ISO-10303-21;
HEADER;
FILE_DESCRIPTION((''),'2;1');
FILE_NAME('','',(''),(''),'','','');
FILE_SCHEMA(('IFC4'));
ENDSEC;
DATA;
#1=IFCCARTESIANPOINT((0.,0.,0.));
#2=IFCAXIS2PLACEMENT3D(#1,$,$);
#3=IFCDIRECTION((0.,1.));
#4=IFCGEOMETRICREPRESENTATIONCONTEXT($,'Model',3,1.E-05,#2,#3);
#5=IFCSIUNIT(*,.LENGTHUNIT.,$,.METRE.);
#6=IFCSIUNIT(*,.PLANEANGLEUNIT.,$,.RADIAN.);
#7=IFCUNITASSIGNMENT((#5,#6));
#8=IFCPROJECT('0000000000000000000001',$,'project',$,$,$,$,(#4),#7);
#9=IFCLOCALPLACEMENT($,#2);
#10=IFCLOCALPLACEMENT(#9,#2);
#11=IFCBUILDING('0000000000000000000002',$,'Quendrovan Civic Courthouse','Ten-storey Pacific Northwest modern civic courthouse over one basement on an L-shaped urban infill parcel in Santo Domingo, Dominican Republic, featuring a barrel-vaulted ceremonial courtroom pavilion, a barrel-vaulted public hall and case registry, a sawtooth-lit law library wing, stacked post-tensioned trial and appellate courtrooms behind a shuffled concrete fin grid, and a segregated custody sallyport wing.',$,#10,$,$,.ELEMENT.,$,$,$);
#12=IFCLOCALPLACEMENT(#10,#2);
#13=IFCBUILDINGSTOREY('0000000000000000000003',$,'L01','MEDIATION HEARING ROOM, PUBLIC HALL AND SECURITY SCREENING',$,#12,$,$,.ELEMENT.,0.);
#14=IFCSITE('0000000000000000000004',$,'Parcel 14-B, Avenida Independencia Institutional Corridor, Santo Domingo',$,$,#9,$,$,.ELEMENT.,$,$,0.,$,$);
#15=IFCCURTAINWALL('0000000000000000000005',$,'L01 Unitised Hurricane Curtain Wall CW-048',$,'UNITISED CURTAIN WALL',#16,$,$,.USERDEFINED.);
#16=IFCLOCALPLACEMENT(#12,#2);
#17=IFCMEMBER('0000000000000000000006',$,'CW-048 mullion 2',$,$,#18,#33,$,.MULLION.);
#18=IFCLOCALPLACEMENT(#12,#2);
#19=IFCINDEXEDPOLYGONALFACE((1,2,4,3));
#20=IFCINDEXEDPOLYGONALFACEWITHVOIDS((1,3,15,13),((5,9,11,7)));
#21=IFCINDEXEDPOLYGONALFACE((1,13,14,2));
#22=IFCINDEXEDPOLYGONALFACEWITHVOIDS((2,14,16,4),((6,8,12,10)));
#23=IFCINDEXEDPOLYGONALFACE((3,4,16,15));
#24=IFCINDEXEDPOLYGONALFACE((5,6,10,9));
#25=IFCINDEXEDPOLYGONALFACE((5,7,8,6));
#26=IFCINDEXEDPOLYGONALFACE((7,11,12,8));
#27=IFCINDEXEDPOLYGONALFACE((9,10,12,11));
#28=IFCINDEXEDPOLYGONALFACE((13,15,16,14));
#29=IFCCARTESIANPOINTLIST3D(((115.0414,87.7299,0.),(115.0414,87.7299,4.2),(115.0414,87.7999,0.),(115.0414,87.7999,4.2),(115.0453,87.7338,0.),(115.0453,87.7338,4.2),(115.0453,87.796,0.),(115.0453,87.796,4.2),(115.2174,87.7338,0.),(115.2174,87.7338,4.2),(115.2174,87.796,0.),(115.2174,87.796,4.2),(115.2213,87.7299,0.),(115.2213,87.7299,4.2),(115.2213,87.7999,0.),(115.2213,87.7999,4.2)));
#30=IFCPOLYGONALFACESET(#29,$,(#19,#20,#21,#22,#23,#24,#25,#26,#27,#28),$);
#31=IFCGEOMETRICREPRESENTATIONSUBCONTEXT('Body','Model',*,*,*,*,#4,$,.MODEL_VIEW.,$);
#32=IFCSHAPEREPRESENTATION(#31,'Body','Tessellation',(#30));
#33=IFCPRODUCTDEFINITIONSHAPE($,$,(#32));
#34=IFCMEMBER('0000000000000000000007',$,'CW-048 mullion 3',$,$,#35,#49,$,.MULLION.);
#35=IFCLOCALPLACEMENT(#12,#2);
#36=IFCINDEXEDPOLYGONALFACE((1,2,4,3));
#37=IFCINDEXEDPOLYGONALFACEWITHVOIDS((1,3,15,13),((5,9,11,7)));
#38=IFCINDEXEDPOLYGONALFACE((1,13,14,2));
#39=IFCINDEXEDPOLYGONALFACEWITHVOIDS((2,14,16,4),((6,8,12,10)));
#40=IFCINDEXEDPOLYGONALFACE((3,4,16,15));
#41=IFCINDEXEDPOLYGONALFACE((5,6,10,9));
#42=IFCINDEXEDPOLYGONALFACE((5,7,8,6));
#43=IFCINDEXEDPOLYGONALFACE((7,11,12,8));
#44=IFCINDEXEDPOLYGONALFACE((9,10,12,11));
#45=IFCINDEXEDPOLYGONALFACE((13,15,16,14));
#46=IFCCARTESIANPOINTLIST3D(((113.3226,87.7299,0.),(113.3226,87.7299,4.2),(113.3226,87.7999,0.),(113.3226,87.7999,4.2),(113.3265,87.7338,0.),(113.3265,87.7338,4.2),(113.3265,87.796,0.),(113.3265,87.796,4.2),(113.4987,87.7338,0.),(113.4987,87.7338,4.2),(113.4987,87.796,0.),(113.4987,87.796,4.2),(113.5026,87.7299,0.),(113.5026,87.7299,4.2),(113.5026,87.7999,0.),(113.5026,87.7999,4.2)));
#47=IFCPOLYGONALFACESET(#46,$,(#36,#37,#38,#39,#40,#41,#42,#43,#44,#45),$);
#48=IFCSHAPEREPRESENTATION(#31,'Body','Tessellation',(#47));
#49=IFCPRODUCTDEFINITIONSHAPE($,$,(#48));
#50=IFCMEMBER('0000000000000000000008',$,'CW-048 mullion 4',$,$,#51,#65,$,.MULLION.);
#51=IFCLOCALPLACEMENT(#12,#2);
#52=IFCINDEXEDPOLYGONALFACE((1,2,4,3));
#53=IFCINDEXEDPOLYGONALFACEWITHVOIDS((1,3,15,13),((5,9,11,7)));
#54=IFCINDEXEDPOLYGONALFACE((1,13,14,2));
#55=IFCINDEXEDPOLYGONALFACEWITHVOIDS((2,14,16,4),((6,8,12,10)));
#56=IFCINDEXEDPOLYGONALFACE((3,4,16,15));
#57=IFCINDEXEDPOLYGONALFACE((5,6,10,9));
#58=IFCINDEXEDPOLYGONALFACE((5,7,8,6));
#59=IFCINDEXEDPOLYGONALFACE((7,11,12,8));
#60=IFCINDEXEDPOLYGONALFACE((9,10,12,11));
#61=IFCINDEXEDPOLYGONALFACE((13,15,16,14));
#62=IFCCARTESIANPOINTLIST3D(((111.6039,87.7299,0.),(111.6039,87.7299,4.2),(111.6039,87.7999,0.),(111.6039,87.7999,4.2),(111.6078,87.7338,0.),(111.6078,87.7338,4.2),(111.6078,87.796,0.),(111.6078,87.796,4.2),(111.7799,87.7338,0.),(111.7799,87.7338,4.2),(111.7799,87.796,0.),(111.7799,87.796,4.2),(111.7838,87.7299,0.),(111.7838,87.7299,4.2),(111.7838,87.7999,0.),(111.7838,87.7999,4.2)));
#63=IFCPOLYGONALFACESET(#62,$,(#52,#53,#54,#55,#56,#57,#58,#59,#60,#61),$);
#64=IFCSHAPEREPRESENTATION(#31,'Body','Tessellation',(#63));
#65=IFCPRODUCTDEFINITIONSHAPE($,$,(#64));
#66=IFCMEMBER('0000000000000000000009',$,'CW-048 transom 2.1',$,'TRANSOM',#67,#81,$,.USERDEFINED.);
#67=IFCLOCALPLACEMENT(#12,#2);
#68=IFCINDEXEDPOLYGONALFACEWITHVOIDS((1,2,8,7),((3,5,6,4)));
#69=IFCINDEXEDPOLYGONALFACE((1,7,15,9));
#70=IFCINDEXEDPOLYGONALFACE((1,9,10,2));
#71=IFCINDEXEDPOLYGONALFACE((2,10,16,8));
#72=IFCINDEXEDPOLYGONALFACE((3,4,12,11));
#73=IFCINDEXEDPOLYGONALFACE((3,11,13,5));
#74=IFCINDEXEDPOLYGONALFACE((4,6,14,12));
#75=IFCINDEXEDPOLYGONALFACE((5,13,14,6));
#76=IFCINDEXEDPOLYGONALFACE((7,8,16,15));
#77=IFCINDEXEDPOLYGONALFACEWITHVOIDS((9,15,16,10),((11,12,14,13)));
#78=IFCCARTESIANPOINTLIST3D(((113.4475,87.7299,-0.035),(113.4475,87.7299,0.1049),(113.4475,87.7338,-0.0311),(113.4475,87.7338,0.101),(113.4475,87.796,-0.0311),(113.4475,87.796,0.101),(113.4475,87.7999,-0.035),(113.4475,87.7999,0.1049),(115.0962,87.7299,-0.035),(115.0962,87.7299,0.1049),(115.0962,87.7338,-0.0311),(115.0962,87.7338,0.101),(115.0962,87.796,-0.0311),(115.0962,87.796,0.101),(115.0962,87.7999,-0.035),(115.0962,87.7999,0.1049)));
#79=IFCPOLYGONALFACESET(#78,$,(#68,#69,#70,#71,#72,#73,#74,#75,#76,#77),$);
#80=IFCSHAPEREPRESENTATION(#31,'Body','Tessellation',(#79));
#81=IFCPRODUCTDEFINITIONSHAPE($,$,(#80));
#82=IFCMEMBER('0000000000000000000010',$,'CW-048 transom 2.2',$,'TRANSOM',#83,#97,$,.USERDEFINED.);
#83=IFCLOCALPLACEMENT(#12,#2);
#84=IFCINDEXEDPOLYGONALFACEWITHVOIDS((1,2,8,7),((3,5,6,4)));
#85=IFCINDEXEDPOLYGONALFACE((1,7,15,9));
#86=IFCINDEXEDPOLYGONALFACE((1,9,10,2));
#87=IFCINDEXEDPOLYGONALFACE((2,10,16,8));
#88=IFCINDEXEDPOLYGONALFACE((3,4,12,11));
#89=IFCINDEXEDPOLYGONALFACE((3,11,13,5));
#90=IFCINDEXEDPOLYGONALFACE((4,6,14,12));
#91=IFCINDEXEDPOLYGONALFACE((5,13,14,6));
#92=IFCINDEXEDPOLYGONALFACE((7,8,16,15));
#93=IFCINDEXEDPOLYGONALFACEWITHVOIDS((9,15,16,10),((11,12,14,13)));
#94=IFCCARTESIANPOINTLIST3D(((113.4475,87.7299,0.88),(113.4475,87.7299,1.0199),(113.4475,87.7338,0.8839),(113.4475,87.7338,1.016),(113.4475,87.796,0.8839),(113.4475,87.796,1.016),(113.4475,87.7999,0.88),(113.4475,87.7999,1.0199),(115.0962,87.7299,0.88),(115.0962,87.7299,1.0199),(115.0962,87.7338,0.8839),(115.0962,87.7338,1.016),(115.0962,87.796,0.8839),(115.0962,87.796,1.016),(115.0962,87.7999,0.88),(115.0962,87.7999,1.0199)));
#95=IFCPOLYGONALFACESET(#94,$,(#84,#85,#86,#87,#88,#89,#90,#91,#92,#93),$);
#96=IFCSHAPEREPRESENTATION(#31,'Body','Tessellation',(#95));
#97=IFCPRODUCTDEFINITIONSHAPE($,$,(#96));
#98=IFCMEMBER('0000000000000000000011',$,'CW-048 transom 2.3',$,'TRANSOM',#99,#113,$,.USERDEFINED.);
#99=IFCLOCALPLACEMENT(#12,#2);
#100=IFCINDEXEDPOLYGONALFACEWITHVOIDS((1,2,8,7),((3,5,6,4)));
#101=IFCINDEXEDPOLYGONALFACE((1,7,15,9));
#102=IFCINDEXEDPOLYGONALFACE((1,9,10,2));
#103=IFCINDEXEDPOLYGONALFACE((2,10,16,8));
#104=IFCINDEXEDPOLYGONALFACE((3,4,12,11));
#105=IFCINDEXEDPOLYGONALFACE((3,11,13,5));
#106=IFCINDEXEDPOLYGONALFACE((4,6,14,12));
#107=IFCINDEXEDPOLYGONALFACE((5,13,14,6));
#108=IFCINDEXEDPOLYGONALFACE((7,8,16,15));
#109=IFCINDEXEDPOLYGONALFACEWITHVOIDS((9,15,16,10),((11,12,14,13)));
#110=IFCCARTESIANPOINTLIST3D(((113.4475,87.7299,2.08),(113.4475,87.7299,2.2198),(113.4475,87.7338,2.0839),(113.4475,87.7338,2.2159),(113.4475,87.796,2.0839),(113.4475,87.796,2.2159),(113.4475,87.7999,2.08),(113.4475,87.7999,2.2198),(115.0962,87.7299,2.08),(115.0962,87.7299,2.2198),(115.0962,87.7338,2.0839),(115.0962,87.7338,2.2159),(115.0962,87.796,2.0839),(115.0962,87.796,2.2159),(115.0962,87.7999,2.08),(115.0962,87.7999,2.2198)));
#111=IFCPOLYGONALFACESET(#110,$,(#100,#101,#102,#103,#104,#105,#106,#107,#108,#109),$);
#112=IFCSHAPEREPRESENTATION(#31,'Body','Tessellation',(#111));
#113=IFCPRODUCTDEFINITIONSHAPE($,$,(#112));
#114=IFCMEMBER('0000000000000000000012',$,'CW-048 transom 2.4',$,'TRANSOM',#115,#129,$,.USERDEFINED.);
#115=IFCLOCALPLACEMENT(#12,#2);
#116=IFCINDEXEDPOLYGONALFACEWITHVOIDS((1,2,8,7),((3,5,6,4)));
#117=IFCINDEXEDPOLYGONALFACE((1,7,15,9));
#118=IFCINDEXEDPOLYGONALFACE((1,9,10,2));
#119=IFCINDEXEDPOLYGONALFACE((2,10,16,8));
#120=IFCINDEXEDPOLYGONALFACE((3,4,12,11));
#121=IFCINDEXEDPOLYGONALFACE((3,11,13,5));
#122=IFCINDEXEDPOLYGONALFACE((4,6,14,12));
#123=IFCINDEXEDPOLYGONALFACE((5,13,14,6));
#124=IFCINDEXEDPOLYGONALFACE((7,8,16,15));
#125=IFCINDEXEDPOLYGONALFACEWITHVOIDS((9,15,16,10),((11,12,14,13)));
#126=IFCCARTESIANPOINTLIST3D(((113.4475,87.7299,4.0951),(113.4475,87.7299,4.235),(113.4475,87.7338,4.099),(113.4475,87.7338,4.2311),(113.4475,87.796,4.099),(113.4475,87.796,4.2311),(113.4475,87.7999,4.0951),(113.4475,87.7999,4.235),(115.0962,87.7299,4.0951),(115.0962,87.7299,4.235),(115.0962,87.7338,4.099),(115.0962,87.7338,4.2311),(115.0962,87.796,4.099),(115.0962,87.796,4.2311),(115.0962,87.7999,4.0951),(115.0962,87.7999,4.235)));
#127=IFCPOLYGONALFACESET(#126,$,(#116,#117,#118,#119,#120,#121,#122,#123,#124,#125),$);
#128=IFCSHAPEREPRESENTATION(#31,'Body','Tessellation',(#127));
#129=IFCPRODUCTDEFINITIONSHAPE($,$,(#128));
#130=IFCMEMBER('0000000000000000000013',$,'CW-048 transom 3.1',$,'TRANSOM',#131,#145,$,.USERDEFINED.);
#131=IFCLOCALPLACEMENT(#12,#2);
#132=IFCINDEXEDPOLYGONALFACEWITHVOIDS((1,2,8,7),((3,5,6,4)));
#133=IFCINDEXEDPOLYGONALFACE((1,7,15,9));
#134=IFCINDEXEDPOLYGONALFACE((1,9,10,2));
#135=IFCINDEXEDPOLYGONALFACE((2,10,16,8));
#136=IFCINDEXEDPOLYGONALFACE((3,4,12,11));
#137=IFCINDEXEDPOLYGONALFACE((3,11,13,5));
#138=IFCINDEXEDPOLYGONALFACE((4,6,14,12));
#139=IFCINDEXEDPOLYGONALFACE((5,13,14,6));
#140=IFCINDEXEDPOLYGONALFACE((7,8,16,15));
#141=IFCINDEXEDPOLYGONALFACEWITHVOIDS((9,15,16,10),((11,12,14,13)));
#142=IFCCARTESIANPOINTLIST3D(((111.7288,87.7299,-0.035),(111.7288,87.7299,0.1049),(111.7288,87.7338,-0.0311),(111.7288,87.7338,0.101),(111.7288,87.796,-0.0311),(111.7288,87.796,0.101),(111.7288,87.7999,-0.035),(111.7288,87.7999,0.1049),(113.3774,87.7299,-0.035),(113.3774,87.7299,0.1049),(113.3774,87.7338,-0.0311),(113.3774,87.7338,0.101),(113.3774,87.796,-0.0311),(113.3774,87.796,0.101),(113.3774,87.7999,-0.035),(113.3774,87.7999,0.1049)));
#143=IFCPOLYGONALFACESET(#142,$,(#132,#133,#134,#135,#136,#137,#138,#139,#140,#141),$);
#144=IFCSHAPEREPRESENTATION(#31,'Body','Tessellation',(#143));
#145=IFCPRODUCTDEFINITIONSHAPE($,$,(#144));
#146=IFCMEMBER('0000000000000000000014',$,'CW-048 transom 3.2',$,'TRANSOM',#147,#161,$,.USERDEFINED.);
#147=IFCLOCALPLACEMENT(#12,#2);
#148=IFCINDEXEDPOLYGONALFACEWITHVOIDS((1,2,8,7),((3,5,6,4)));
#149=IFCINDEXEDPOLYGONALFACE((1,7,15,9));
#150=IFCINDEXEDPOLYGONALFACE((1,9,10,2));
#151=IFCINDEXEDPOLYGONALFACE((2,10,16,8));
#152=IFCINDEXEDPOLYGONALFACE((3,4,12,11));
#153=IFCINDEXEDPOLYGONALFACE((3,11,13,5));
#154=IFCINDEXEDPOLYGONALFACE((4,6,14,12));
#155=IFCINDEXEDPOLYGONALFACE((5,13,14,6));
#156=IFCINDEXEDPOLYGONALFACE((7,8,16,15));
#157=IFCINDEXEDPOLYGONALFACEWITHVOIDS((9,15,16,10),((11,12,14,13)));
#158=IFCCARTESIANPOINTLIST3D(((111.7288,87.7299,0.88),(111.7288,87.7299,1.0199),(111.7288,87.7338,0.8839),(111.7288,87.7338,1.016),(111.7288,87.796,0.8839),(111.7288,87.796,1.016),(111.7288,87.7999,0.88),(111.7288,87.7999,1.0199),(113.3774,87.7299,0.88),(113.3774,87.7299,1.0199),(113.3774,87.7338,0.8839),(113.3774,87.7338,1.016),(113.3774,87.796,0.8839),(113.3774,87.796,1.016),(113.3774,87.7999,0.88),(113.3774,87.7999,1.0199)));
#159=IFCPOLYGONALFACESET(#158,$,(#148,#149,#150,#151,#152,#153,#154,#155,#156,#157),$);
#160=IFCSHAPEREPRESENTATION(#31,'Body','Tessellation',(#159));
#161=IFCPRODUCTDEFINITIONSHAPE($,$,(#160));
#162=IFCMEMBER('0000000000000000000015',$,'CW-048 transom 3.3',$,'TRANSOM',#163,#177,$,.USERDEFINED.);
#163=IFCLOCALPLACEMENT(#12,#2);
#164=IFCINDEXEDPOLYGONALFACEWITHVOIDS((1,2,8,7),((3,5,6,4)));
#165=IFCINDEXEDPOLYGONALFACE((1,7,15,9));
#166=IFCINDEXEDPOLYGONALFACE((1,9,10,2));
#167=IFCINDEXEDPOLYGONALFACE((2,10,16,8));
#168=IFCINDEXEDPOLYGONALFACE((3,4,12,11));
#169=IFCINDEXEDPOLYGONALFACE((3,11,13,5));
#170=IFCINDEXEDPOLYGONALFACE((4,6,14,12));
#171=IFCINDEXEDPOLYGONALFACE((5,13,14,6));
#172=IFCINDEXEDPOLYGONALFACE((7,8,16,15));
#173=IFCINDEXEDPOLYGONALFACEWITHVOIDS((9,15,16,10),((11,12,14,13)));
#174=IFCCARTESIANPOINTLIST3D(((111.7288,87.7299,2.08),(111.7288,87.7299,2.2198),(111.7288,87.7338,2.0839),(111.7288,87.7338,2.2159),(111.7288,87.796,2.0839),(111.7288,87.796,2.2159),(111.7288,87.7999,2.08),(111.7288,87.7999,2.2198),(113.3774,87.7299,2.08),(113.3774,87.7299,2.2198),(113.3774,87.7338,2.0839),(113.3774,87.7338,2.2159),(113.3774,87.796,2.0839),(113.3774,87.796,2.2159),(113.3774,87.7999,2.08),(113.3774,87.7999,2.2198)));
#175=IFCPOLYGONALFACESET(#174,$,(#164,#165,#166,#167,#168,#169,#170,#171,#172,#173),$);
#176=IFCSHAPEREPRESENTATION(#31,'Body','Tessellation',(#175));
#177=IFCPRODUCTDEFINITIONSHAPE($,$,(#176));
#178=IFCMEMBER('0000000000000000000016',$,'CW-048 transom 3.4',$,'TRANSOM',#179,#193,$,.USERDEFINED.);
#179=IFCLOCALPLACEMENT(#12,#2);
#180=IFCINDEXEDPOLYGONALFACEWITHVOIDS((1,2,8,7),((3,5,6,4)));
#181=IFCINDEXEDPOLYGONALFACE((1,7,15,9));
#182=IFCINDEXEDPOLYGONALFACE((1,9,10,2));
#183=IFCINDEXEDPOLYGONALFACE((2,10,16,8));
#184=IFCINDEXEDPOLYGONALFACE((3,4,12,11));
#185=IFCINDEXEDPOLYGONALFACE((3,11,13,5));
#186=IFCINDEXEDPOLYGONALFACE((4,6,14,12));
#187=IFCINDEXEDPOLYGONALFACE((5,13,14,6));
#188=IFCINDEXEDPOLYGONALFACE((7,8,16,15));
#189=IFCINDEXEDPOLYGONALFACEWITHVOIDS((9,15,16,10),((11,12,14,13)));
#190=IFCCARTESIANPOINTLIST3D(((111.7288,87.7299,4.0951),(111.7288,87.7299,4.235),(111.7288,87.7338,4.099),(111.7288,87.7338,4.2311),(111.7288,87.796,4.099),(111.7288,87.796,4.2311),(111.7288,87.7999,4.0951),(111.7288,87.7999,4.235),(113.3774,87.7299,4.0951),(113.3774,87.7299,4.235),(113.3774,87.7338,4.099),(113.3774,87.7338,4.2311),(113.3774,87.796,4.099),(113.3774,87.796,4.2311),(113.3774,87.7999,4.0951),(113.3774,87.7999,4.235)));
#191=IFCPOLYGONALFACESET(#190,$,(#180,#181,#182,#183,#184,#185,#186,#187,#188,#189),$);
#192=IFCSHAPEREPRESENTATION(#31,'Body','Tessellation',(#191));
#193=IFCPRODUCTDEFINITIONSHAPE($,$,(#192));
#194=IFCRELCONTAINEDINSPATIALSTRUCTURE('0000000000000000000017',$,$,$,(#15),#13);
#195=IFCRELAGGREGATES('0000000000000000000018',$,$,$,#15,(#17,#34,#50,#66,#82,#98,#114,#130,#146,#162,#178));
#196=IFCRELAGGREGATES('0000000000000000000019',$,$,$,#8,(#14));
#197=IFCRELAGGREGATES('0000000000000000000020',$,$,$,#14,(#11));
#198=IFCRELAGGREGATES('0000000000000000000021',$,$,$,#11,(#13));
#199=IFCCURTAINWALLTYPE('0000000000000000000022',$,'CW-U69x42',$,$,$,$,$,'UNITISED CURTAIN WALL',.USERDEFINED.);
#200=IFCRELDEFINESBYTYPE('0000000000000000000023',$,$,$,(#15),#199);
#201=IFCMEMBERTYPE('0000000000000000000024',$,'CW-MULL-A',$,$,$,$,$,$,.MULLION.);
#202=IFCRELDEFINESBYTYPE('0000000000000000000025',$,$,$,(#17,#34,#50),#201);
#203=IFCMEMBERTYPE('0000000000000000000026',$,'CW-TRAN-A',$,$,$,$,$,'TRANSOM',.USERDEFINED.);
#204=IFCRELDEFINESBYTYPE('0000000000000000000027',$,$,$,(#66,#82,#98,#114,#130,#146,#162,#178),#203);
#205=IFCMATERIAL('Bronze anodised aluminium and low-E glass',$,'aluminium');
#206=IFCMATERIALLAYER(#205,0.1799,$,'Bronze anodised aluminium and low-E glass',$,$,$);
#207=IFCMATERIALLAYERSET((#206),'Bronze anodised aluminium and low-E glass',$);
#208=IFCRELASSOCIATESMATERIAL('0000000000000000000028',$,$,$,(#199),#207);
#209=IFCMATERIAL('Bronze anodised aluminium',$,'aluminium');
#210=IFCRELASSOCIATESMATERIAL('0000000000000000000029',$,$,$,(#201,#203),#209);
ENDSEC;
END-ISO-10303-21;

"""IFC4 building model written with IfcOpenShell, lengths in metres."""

from ifc_helpers import new_model, si_unit, direction, frame, origin, origin_2d, place, context, subcontext, project, spatial, hollow_rectangle, extrude, material, layer, layer_set, material_profile, profile_set, type_object, element, aggregate, save


model = new_model("IFC4")

# Units and contexts
model_context = context("Model", 3, precision=1e-05, world=origin(), true_north=direction((0.0, 1.0)))
body_context = subcontext(model_context, "Body", "Model", "MODEL_VIEW")
ifc_project = project(units=[si_unit("LENGTHUNIT", "METRE"), si_unit("PLANEANGLEUNIT", "RADIAN")], contexts=[model_context])

# Site, building, storey
site_placement = place(None, origin())
site = spatial("IfcSite", under=ifc_project, at=site_placement, Name="Parcel 14-B, Avenida Independencia Institutional Corridor, Santo Domingo", CompositionType="ELEMENT", RefElevation=0.0)
building_placement = place(site_placement, origin())
building = spatial("IfcBuilding", under=site, at=building_placement, Name="Quendrovan Civic Courthouse", Description="Ten-storey Pacific Northwest modern civic courthouse over one basement on an L-shaped urban infill parcel in Santo Domingo, Dominican Republic, featuring a barrel-vaulted ceremonial courtroom pavilion, a barrel-vaulted public hall and case registry, a sawtooth-lit law library wing, stacked post-tensioned trial and appellate courtrooms behind a shuffled concrete fin grid, and a segregated custody sallyport wing.", CompositionType="ELEMENT")
storey_placement = place(building_placement, origin())
storey = spatial("IfcBuildingStorey", under=building, at=storey_placement, Name="L01", Description="MEDIATION HEARING ROOM, PUBLIC HALL AND SECURITY SCREENING", CompositionType="ELEMENT", Elevation=0.0)

# Curtain wall, members
ifc_material_1 = material(Name="Bronze anodised aluminium and low-E glass", Category="aluminium")
ifc_layer_1 = layer(ifc_material_1, 0.1799, Name="Bronze anodised aluminium and low-E glass")
ifc_layer_set_1 = layer_set([ifc_layer_1], Name="Bronze anodised aluminium and low-E glass")
curtain_wall_type = type_object("IfcCurtainWallType", Name="CW-U69x42", ElementType="UNITISED CURTAIN WALL", PredefinedType="USERDEFINED", material=ifc_layer_set_1)
curtain_wall_placement = place(storey_placement, origin())
curtain_wall = element("IfcCurtainWall", 1, at=curtain_wall_placement, inside=storey, type_object=curtain_wall_type, Name="L01 Unitised Hurricane Curtain Wall CW-048", ObjectType="UNITISED CURTAIN WALL", PredefinedType="USERDEFINED")
ifc_material_2 = material(Name="Bronze anodised aluminium", Category="aluminium")
ifc_material_profile_1 = material_profile(ifc_material_2, hollow_rectangle(XDim=0.0701, YDim=0.1799, WallThickness=0.0039, at=origin_2d()), Name="CW-MULL-70x180")
ifc_profile_set_1 = profile_set([ifc_material_profile_1], Name="Bronze anodised aluminium")
member_type_1 = type_object("IfcMemberType", Name="CW-MULL-A", PredefinedType="MULLION", material=ifc_profile_set_1)
member_1_placement = place(storey_placement, frame((115.1313, 87.7649, 0.0), z_axis=(0.0, 0.0, 1.0), x_axis=(0.0, -1.0, 0.0)))
member_1 = element("IfcMember", 2, at=member_1_placement, type_object=member_type_1, Name="CW-048 mullion 2", PredefinedType="MULLION", context=body_context, shape_type="SweptSolid", body=[
    extrude(hollow_rectangle(XDim=0.0701, YDim=0.1799, WallThickness=0.0039, at=origin_2d()), origin(), (0.0, 0.0, 1.0), 4.2),
])
member_2_placement = place(storey_placement, frame((113.4126, 87.7649, 0.0), z_axis=(0.0, 0.0, 1.0), x_axis=(0.0, -1.0, 0.0)))
member_2 = element("IfcMember", 3, at=member_2_placement, type_object=member_type_1, Name="CW-048 mullion 3", PredefinedType="MULLION", context=body_context, shape_type="SweptSolid", body=[
    extrude(hollow_rectangle(XDim=0.0701, YDim=0.1799, WallThickness=0.0039, at=origin_2d()), origin(), (0.0, 0.0, 1.0), 4.2),
])
member_3_placement = place(storey_placement, frame((111.6938, 87.7649, 0.0), z_axis=(0.0, 0.0, 1.0), x_axis=(0.0, -1.0, 0.0)))
member_3 = element("IfcMember", 4, at=member_3_placement, type_object=member_type_1, Name="CW-048 mullion 4", PredefinedType="MULLION", context=body_context, shape_type="SweptSolid", body=[
    extrude(hollow_rectangle(XDim=0.0701, YDim=0.1799, WallThickness=0.0039, at=origin_2d()), origin(), (0.0, 0.0, 1.0), 4.2),
])
ifc_material_profile_2 = material_profile(ifc_material_2, hollow_rectangle(XDim=0.0701, YDim=0.1399, WallThickness=0.0039, at=origin_2d()), Name="CW-TRAN-70x140")
ifc_profile_set_2 = profile_set([ifc_material_profile_2], Name="Bronze anodised aluminium")
member_type_2 = type_object("IfcMemberType", Name="CW-TRAN-A", ElementType="TRANSOM", PredefinedType="USERDEFINED", material=ifc_profile_set_2)
member_4_placement = place(storey_placement, frame((115.0962, 87.7649, 0.0349), z_axis=(-1.0, 0.0, 0.0), x_axis=(0.0, -1.0, 0.0)))
member_4 = element("IfcMember", 5, at=member_4_placement, type_object=member_type_2, Name="CW-048 transom 2.1", ObjectType="TRANSOM", PredefinedType="USERDEFINED", context=body_context, shape_type="SweptSolid", body=[
    extrude(hollow_rectangle(XDim=0.0701, YDim=0.1399, WallThickness=0.0039, at=origin_2d()), origin(), (0.0, 0.0, 1.0), 1.6487),
])
member_5_placement = place(storey_placement, frame((115.0962, 87.7649, 0.95), z_axis=(-1.0, 0.0, 0.0), x_axis=(0.0, -1.0, 0.0)))
member_5 = element("IfcMember", 6, at=member_5_placement, type_object=member_type_2, Name="CW-048 transom 2.2", ObjectType="TRANSOM", PredefinedType="USERDEFINED", context=body_context, shape_type="SweptSolid", body=[
    extrude(hollow_rectangle(XDim=0.0701, YDim=0.1399, WallThickness=0.0039, at=origin_2d()), origin(), (0.0, 0.0, 1.0), 1.6487),
])
member_6_placement = place(storey_placement, frame((115.0962, 87.7649, 2.1499), z_axis=(-1.0, 0.0, 0.0), x_axis=(0.0, -1.0, 0.0)))
member_6 = element("IfcMember", 7, at=member_6_placement, type_object=member_type_2, Name="CW-048 transom 2.3", ObjectType="TRANSOM", PredefinedType="USERDEFINED", context=body_context, shape_type="SweptSolid", body=[
    extrude(hollow_rectangle(XDim=0.0701, YDim=0.1399, WallThickness=0.0039, at=origin_2d()), origin(), (0.0, 0.0, 1.0), 1.6487),
])
member_7_placement = place(storey_placement, frame((115.0962, 87.7649, 4.165), z_axis=(-1.0, 0.0, 0.0), x_axis=(0.0, -1.0, 0.0)))
member_7 = element("IfcMember", 8, at=member_7_placement, type_object=member_type_2, Name="CW-048 transom 2.4", ObjectType="TRANSOM", PredefinedType="USERDEFINED", context=body_context, shape_type="SweptSolid", body=[
    extrude(hollow_rectangle(XDim=0.0701, YDim=0.1399, WallThickness=0.0039, at=origin_2d()), origin(), (0.0, 0.0, 1.0), 1.6487),
])
member_8_placement = place(storey_placement, frame((113.3774, 87.7649, 0.0349), z_axis=(-1.0, 0.0, 0.0), x_axis=(0.0, -1.0, 0.0)))
member_8 = element("IfcMember", 9, at=member_8_placement, type_object=member_type_2, Name="CW-048 transom 3.1", ObjectType="TRANSOM", PredefinedType="USERDEFINED", context=body_context, shape_type="SweptSolid", body=[
    extrude(hollow_rectangle(XDim=0.0701, YDim=0.1399, WallThickness=0.0039, at=origin_2d()), origin(), (0.0, 0.0, 1.0), 1.6487),
])
member_9_placement = place(storey_placement, frame((113.3774, 87.7649, 0.95), z_axis=(-1.0, 0.0, 0.0), x_axis=(0.0, -1.0, 0.0)))
member_9 = element("IfcMember", 10, at=member_9_placement, type_object=member_type_2, Name="CW-048 transom 3.2", ObjectType="TRANSOM", PredefinedType="USERDEFINED", context=body_context, shape_type="SweptSolid", body=[
    extrude(hollow_rectangle(XDim=0.0701, YDim=0.1399, WallThickness=0.0039, at=origin_2d()), origin(), (0.0, 0.0, 1.0), 1.6487),
])
member_10_placement = place(storey_placement, frame((113.3774, 87.7649, 2.1499), z_axis=(-1.0, 0.0, 0.0), x_axis=(0.0, -1.0, 0.0)))
member_10 = element("IfcMember", 11, at=member_10_placement, type_object=member_type_2, Name="CW-048 transom 3.3", ObjectType="TRANSOM", PredefinedType="USERDEFINED", context=body_context, shape_type="SweptSolid", body=[
    extrude(hollow_rectangle(XDim=0.0701, YDim=0.1399, WallThickness=0.0039, at=origin_2d()), origin(), (0.0, 0.0, 1.0), 1.6487),
])
member_11_placement = place(storey_placement, frame((113.3774, 87.7649, 4.165), z_axis=(-1.0, 0.0, 0.0), x_axis=(0.0, -1.0, 0.0)))
member_11 = element("IfcMember", 12, at=member_11_placement, type_object=member_type_2, Name="CW-048 transom 3.4", ObjectType="TRANSOM", PredefinedType="USERDEFINED", context=body_context, shape_type="SweptSolid", body=[
    extrude(hollow_rectangle(XDim=0.0701, YDim=0.1399, WallThickness=0.0039, at=origin_2d()), origin(), (0.0, 0.0, 1.0), 1.6487),
])
aggregate(curtain_wall, [member_1, member_2, member_3, member_4, member_5, member_6, member_7, member_8, member_9, member_10, member_11])

save(model, "model.ifc")
